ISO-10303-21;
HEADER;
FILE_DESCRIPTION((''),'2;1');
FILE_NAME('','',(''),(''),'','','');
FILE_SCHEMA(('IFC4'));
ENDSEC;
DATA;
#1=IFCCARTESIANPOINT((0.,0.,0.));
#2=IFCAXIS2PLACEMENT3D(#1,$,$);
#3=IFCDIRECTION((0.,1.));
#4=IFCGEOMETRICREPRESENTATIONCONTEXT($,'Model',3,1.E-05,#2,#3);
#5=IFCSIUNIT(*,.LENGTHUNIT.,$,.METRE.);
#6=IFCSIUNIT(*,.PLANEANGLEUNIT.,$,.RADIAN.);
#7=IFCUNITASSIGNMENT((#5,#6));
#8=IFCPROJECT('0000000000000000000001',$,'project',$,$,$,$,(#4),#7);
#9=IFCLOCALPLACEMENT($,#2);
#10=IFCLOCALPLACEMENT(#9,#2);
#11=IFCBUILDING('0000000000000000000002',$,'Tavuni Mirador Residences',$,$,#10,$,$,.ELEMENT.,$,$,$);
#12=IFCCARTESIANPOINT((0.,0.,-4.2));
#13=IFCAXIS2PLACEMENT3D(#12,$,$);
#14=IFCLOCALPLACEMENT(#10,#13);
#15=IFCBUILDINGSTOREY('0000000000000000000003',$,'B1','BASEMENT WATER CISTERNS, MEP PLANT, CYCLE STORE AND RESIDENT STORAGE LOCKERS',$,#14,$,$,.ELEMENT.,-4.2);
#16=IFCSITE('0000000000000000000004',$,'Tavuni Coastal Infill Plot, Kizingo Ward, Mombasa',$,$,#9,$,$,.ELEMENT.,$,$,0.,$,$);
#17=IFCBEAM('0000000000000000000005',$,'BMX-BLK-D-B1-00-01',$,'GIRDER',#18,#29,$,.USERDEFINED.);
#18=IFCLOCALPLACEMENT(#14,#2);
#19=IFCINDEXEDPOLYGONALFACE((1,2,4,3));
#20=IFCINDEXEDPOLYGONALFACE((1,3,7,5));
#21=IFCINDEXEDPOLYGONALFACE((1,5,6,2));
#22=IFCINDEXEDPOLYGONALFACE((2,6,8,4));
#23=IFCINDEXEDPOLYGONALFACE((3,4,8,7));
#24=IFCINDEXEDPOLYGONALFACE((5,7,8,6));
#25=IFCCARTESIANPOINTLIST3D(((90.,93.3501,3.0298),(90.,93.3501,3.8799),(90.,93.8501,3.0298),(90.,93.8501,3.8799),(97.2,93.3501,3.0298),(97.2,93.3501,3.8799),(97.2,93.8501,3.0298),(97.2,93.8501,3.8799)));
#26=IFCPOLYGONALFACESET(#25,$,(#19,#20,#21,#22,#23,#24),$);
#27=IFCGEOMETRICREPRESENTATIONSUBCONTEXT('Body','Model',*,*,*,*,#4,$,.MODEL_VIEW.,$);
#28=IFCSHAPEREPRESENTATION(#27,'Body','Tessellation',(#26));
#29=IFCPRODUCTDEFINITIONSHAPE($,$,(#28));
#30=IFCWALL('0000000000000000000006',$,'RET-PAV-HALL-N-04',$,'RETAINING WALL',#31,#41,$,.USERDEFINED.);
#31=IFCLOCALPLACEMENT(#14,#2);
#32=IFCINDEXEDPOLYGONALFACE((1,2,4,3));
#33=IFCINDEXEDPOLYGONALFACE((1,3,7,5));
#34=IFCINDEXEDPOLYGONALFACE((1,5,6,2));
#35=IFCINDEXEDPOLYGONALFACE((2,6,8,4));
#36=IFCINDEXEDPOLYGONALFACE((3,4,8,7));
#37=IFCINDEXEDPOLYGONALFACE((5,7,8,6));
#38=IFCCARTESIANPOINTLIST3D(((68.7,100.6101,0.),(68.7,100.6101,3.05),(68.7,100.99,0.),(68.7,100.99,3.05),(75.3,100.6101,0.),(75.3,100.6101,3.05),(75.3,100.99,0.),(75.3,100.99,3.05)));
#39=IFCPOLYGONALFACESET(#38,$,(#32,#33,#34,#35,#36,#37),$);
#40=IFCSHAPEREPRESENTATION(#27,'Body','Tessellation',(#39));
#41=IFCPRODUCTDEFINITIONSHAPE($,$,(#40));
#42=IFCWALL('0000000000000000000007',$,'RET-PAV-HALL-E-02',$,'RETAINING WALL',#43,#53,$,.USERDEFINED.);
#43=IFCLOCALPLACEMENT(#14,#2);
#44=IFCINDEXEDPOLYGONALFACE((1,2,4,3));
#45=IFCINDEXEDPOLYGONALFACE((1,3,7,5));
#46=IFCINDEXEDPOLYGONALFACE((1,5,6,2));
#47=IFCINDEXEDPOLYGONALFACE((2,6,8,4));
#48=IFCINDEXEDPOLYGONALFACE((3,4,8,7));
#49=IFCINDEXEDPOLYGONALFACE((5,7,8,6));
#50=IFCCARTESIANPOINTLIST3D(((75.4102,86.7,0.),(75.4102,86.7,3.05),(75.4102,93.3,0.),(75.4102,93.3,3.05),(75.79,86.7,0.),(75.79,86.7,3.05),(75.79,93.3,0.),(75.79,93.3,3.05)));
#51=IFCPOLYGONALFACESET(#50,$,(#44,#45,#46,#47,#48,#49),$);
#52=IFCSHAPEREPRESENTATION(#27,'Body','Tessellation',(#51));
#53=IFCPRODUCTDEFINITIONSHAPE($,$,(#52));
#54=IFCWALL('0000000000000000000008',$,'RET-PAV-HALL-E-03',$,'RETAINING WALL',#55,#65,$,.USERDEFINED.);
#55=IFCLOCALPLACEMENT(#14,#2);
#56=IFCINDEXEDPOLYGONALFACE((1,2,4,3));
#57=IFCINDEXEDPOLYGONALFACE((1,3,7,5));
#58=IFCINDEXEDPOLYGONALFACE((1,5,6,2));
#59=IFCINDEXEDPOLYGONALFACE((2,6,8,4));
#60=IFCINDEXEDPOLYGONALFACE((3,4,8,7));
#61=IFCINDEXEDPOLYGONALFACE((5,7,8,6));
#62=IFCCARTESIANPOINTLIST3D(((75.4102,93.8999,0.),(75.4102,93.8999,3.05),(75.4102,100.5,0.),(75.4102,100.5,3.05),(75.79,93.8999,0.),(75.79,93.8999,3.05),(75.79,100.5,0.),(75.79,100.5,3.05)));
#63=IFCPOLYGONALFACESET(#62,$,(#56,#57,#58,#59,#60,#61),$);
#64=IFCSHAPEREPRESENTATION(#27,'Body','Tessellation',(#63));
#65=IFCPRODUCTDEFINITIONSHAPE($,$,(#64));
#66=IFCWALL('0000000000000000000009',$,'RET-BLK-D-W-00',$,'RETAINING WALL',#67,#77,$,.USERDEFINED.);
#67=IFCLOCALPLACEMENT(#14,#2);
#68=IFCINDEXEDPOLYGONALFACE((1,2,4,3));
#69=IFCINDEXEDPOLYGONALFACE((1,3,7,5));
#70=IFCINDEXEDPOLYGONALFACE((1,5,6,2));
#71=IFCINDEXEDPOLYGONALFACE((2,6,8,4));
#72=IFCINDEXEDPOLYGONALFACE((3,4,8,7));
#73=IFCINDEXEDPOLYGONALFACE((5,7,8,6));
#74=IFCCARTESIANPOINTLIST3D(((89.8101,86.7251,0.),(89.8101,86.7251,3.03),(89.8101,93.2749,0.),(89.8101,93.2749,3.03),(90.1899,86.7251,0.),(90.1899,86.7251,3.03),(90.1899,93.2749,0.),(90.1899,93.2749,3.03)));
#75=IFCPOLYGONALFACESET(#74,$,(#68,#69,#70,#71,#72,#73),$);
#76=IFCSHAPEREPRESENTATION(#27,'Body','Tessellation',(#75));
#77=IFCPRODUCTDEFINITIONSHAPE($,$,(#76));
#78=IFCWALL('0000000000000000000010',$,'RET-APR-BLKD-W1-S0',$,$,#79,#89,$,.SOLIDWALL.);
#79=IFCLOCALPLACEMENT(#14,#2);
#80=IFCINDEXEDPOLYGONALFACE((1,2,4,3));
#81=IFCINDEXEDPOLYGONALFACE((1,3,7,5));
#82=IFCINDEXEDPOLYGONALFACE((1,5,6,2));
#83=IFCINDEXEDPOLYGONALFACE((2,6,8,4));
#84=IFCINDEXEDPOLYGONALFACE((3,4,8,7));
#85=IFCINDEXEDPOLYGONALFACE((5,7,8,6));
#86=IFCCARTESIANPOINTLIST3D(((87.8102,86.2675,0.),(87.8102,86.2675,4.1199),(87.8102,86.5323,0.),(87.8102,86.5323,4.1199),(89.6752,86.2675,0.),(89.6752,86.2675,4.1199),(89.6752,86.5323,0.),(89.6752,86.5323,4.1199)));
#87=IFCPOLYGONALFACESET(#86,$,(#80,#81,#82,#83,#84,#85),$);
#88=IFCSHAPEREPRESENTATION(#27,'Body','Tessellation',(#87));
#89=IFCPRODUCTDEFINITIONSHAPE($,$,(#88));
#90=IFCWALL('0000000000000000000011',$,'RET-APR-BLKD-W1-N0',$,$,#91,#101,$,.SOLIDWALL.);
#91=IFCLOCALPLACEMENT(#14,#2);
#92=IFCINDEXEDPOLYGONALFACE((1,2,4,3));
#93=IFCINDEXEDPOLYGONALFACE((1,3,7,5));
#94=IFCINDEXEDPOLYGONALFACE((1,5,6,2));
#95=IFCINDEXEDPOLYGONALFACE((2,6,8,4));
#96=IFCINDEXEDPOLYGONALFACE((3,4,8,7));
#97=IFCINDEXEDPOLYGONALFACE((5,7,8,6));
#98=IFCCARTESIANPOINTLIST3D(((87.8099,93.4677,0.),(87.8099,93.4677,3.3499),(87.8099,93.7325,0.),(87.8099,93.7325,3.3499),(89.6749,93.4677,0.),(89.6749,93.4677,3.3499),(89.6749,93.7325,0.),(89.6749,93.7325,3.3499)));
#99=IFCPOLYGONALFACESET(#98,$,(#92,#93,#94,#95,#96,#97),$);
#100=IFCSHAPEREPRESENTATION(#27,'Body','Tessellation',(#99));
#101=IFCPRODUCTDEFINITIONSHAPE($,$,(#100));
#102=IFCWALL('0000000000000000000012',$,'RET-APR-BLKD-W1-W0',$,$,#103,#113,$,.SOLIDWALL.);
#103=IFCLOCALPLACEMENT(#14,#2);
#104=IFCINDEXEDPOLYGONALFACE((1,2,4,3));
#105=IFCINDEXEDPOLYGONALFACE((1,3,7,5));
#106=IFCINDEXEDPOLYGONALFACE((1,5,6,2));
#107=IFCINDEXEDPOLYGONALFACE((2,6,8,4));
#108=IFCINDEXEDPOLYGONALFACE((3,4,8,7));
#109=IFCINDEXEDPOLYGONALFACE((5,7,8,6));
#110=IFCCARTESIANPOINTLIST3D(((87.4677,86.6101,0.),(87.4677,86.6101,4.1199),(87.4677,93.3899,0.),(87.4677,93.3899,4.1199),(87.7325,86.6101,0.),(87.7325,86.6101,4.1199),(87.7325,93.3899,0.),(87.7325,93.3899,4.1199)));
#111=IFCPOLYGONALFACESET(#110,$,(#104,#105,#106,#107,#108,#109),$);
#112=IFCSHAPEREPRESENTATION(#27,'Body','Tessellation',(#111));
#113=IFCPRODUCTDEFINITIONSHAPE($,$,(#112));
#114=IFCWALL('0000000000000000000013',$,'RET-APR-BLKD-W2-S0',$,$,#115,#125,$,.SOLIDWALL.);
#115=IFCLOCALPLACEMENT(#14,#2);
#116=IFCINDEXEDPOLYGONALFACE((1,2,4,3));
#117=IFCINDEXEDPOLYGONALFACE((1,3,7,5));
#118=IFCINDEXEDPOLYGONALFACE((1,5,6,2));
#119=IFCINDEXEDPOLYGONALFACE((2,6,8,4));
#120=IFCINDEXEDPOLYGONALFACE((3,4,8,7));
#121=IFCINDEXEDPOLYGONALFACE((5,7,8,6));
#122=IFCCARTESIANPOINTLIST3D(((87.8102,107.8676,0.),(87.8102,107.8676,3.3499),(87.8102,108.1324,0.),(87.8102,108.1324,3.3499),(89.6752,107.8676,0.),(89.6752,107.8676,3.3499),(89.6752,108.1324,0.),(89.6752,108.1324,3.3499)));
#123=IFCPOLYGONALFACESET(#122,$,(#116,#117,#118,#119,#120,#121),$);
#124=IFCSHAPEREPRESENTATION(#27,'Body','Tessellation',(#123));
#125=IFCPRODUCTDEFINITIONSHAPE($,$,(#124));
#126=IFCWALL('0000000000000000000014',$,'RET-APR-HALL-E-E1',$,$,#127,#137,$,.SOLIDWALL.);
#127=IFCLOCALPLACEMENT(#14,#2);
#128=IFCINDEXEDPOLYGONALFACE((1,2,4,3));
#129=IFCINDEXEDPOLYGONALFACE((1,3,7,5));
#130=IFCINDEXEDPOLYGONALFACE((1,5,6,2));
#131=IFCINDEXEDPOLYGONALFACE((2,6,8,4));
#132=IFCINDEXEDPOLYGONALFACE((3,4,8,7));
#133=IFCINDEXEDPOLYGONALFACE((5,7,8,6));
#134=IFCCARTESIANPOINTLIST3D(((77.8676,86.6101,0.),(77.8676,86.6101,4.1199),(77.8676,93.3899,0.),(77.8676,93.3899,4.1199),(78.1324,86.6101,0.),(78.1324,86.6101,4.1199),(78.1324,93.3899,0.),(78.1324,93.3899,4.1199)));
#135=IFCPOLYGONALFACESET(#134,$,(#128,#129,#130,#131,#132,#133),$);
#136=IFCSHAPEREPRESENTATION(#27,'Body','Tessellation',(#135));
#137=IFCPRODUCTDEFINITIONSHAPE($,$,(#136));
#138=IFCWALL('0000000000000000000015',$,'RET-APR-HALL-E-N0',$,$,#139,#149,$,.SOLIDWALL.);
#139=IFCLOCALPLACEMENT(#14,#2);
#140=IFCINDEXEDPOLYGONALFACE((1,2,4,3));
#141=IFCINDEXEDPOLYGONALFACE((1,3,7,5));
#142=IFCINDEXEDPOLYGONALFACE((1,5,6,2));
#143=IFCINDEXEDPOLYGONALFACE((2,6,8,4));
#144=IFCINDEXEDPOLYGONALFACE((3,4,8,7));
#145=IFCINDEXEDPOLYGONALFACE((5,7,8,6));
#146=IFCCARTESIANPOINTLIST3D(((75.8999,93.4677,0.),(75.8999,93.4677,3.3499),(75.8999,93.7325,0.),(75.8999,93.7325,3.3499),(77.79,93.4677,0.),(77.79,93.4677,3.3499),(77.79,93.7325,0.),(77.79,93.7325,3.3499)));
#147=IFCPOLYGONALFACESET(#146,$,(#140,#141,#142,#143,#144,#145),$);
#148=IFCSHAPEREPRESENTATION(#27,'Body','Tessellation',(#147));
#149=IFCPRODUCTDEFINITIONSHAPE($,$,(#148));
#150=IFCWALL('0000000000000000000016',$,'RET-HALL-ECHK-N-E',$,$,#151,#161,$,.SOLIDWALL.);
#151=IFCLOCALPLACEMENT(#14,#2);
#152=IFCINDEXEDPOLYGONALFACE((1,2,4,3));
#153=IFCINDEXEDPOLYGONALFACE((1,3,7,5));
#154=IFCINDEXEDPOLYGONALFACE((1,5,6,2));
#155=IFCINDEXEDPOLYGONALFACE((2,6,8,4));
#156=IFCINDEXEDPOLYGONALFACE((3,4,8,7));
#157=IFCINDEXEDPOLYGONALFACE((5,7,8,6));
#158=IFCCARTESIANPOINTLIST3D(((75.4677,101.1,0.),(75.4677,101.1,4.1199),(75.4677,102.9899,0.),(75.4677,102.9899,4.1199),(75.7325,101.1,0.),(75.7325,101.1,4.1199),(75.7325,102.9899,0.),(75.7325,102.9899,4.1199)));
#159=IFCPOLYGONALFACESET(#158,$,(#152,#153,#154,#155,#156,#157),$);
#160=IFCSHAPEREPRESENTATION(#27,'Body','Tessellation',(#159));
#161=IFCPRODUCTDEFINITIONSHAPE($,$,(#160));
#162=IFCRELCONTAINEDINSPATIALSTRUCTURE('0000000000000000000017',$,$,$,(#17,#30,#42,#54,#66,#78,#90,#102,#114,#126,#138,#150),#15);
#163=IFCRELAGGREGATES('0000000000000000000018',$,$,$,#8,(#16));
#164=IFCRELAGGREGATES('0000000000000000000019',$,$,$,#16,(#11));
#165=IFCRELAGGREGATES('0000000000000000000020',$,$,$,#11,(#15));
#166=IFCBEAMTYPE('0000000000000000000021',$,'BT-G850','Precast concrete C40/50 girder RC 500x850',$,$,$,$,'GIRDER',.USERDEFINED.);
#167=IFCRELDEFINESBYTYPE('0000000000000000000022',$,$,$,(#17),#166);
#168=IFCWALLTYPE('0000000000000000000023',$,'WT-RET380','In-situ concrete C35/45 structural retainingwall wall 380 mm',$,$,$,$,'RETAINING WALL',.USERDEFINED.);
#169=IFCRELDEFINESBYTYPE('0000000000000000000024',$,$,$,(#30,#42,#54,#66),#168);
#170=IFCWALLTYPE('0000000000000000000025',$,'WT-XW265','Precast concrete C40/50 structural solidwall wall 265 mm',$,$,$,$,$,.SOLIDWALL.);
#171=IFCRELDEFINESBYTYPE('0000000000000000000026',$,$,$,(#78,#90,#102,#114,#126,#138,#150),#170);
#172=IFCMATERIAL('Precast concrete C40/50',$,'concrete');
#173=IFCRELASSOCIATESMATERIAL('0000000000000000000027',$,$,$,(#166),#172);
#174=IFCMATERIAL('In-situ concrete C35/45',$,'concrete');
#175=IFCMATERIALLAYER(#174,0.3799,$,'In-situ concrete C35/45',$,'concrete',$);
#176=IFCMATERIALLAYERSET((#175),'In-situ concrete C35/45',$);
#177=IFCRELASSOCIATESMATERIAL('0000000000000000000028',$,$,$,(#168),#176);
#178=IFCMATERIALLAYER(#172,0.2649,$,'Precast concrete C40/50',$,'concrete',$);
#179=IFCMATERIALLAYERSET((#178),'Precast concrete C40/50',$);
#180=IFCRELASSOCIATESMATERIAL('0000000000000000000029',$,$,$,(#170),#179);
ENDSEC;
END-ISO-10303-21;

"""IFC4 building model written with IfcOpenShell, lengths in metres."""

from ifc_helpers import new_model, si_unit, direction, frame, frame_2d, origin, origin_2d, place, context, subcontext, project, spatial, rectangle, extrude, material, layer, layer_set, material_profile, profile_set, type_object, element, save


model = new_model("IFC4")

# Units and contexts
model_context = context("Model", 3, precision=1e-05, world=origin(), true_north=direction((0.0, 1.0)))
body_context = subcontext(model_context, "Body", "Model", "MODEL_VIEW")
ifc_project = project(units=[si_unit("LENGTHUNIT", "METRE"), si_unit("PLANEANGLEUNIT", "RADIAN")], contexts=[model_context])

# Site, building, storey
site_placement = place(None, origin())
site = spatial("IfcSite", under=ifc_project, at=site_placement, Name="Tavuni Coastal Infill Plot, Kizingo Ward, Mombasa", CompositionType="ELEMENT", RefElevation=0.0)
building_placement = place(site_placement, origin())
building = spatial("IfcBuilding", under=site, at=building_placement, Name="Tavuni Mirador Residences", CompositionType="ELEMENT")
storey_placement = place(building_placement, frame((0.0, 0.0, -4.2)))
storey = spatial("IfcBuildingStorey", under=building, at=storey_placement, Name="B1", Description="BASEMENT WATER CISTERNS, MEP PLANT, CYCLE STORE AND RESIDENT STORAGE LOCKERS", CompositionType="ELEMENT", Elevation=-4.2)

# Shared definitions
ifc_material_1 = material(Name="In-situ concrete C35/45", Category="concrete")

# Shared definitions
ifc_material_2 = material(Name="Precast concrete C40/50", Category="concrete")

# Beam
ifc_material_profile_1 = material_profile(ifc_material_2, rectangle(XDim=0.5, YDim=0.8501, at=origin_2d()), Name="RC 500x850", Category="concrete")
ifc_profile_set_1 = profile_set([ifc_material_profile_1], Name="Precast concrete C40/50")
beam_type_1 = type_object("IfcBeamType", Name="BT-G850", Description="Precast concrete C40/50 girder RC 500x850", ElementType="GIRDER", PredefinedType="USERDEFINED", material=ifc_profile_set_1)
for number, where, z_axis, x_axis, name in (
    (1, (90.0, 93.6001, 3.4548), (1.0, 0.0, 0.0), (0.0, 1.0, 0.0), "BMX-BLK-D-B1-00-01"),
):
    element("IfcBeam", number, at=place(storey_placement, frame(where, z_axis=z_axis, x_axis=x_axis)), inside=storey, type_object=beam_type_1, Name=name, ObjectType="GIRDER", PredefinedType="USERDEFINED", context=body_context, shape_type="SweptSolid", body=[
        extrude(rectangle(XDim=0.5, YDim=0.8501, at=origin_2d()), origin(), (0.0, 0.0, 1.0), 7.2),
    ])

# Walls
ifc_layer_1 = layer(ifc_material_1, 0.3799, Name="In-situ concrete C35/45", Category="concrete")
ifc_layer_set_1 = layer_set([ifc_layer_1], Name="In-situ concrete C35/45")
wall_type_1 = type_object("IfcWallType", Name="WT-RET380", Description="In-situ concrete C35/45 structural retainingwall wall 380 mm", ElementType="RETAINING WALL", PredefinedType="USERDEFINED", material=ifc_layer_set_1)
for number, where, z_axis, x_axis, name in (
    (2, (75.3, 100.8, 0.0), (0.0, 0.0, 1.0), (-1.0, 0.0, 0.0), "RET-PAV-HALL-N-04"),
    (3, (75.6001, 86.7, 0.0), (0.0, 0.0, 1.0), (0.0, 1.0, 0.0), "RET-PAV-HALL-E-02"),
    (4, (75.6001, 93.8999, 0.0), (0.0, 0.0, 1.0), (0.0, 1.0, 0.0), "RET-PAV-HALL-E-03"),
):
    element("IfcWall", number, at=place(storey_placement, frame(where, z_axis=z_axis, x_axis=x_axis)), inside=storey, type_object=wall_type_1, Name=name, ObjectType="RETAINING WALL", PredefinedType="USERDEFINED", context=body_context, shape_type="SweptSolid", body=[
        extrude(rectangle(XDim=6.6001, YDim=0.3799, at=frame_2d((3.3, 0.0))), origin(), (0.0, 0.0, 1.0), 3.05),
    ])
wall_1_placement = place(storey_placement, frame((90.0, 93.2749, 0.0), z_axis=(0.0, 0.0, 1.0), x_axis=(0.0, -1.0, 0.0)))
element("IfcWall", 5, at=wall_1_placement, inside=storey, type_object=wall_type_1, Name="RET-BLK-D-W-00", ObjectType="RETAINING WALL", PredefinedType="USERDEFINED", context=body_context, shape_type="SweptSolid", body=[
    extrude(rectangle(XDim=6.5498, YDim=0.3799, at=frame_2d((3.2749, 0.0))), origin(), (0.0, 0.0, 1.0), 3.03),
])
ifc_layer_2 = layer(ifc_material_2, 0.2649, Name="Precast concrete C40/50", Category="concrete")
ifc_layer_set_2 = layer_set([ifc_layer_2], Name="Precast concrete C40/50")
wall_type_2 = type_object("IfcWallType", Name="WT-XW265", Description="Precast concrete C40/50 structural solidwall wall 265 mm", PredefinedType="SOLIDWALL", material=ifc_layer_set_2)
wall_2_placement = place(storey_placement, frame((87.8101, 86.3999, 0.0), z_axis=(0.0, 0.0, 1.0), x_axis=(1.0, 0.0, 0.0)))
element("IfcWall", 6, at=wall_2_placement, inside=storey, type_object=wall_type_2, Name="RET-APR-BLKD-W1-S0", PredefinedType="SOLIDWALL", context=body_context, shape_type="SweptSolid", body=[
    extrude(rectangle(XDim=1.865, YDim=0.2649, at=frame_2d((0.9326, 0.0))), origin(), (0.0, 0.0, 1.0), 4.1199),
])
wall_3_placement = place(storey_placement, frame((89.675, 93.6001, 0.0), z_axis=(0.0, 0.0, 1.0), x_axis=(-1.0, 0.0, 0.0)))
element("IfcWall", 7, at=wall_3_placement, inside=storey, type_object=wall_type_2, Name="RET-APR-BLKD-W1-N0", PredefinedType="SOLIDWALL", context=body_context, shape_type="SweptSolid", body=[
    extrude(rectangle(XDim=1.865, YDim=0.2649, at=frame_2d((0.9326, 0.0))), origin(), (0.0, 0.0, 1.0), 3.3499),
])
wall_4_placement = place(storey_placement, frame((87.6001, 93.3899, 0.0), z_axis=(0.0, 0.0, 1.0), x_axis=(0.0, -1.0, 0.0)))
element("IfcWall", 8, at=wall_4_placement, inside=storey, type_object=wall_type_2, Name="RET-APR-BLKD-W1-W0", PredefinedType="SOLIDWALL", context=body_context, shape_type="SweptSolid", body=[
    extrude(rectangle(XDim=6.7798, YDim=0.2649, at=frame_2d((3.3899, 0.0))), origin(), (0.0, 0.0, 1.0), 4.1199),
])
wall_5_placement = place(storey_placement, frame((87.8101, 108.0, 0.0), z_axis=(0.0, 0.0, 1.0), x_axis=(1.0, 0.0, 0.0)))
element("IfcWall", 9, at=wall_5_placement, inside=storey, type_object=wall_type_2, Name="RET-APR-BLKD-W2-S0", PredefinedType="SOLIDWALL", context=body_context, shape_type="SweptSolid", body=[
    extrude(rectangle(XDim=1.865, YDim=0.2649, at=frame_2d((0.9326, 0.0))), origin(), (0.0, 0.0, 1.0), 3.3499),
])
wall_6_placement = place(storey_placement, frame((78.0, 86.6101, 0.0), z_axis=(0.0, 0.0, 1.0), x_axis=(0.0, 1.0, 0.0)))
element("IfcWall", 10, at=wall_6_placement, inside=storey, type_object=wall_type_2, Name="RET-APR-HALL-E-E1", PredefinedType="SOLIDWALL", context=body_context, shape_type="SweptSolid", body=[
    extrude(rectangle(XDim=6.7798, YDim=0.2649, at=frame_2d((3.3899, 0.0))), origin(), (0.0, 0.0, 1.0), 4.1199),
])
wall_7_placement = place(storey_placement, frame((77.79, 93.6001, 0.0), z_axis=(0.0, 0.0, 1.0), x_axis=(-1.0, 0.0, 0.0)))
element("IfcWall", 11, at=wall_7_placement, inside=storey, type_object=wall_type_2, Name="RET-APR-HALL-E-N0", PredefinedType="SOLIDWALL", context=body_context, shape_type="SweptSolid", body=[
    extrude(rectangle(XDim=1.8901, YDim=0.2649, at=frame_2d((0.9451, 0.0))), origin(), (0.0, 0.0, 1.0), 3.3499),
])
wall_8_placement = place(storey_placement, frame((75.6001, 101.1001, 0.0), z_axis=(0.0, 0.0, 1.0), x_axis=(0.0, 1.0, 0.0)))
element("IfcWall", 12, at=wall_8_placement, inside=storey, type_object=wall_type_2, Name="RET-HALL-ECHK-N-E", PredefinedType="SOLIDWALL", context=body_context, shape_type="SweptSolid", body=[
    extrude(rectangle(XDim=1.8899, YDim=0.2649, at=frame_2d((0.9448, 0.0))), origin(), (0.0, 0.0, 1.0), 4.1199),
])

save(model, "model.ifc")
